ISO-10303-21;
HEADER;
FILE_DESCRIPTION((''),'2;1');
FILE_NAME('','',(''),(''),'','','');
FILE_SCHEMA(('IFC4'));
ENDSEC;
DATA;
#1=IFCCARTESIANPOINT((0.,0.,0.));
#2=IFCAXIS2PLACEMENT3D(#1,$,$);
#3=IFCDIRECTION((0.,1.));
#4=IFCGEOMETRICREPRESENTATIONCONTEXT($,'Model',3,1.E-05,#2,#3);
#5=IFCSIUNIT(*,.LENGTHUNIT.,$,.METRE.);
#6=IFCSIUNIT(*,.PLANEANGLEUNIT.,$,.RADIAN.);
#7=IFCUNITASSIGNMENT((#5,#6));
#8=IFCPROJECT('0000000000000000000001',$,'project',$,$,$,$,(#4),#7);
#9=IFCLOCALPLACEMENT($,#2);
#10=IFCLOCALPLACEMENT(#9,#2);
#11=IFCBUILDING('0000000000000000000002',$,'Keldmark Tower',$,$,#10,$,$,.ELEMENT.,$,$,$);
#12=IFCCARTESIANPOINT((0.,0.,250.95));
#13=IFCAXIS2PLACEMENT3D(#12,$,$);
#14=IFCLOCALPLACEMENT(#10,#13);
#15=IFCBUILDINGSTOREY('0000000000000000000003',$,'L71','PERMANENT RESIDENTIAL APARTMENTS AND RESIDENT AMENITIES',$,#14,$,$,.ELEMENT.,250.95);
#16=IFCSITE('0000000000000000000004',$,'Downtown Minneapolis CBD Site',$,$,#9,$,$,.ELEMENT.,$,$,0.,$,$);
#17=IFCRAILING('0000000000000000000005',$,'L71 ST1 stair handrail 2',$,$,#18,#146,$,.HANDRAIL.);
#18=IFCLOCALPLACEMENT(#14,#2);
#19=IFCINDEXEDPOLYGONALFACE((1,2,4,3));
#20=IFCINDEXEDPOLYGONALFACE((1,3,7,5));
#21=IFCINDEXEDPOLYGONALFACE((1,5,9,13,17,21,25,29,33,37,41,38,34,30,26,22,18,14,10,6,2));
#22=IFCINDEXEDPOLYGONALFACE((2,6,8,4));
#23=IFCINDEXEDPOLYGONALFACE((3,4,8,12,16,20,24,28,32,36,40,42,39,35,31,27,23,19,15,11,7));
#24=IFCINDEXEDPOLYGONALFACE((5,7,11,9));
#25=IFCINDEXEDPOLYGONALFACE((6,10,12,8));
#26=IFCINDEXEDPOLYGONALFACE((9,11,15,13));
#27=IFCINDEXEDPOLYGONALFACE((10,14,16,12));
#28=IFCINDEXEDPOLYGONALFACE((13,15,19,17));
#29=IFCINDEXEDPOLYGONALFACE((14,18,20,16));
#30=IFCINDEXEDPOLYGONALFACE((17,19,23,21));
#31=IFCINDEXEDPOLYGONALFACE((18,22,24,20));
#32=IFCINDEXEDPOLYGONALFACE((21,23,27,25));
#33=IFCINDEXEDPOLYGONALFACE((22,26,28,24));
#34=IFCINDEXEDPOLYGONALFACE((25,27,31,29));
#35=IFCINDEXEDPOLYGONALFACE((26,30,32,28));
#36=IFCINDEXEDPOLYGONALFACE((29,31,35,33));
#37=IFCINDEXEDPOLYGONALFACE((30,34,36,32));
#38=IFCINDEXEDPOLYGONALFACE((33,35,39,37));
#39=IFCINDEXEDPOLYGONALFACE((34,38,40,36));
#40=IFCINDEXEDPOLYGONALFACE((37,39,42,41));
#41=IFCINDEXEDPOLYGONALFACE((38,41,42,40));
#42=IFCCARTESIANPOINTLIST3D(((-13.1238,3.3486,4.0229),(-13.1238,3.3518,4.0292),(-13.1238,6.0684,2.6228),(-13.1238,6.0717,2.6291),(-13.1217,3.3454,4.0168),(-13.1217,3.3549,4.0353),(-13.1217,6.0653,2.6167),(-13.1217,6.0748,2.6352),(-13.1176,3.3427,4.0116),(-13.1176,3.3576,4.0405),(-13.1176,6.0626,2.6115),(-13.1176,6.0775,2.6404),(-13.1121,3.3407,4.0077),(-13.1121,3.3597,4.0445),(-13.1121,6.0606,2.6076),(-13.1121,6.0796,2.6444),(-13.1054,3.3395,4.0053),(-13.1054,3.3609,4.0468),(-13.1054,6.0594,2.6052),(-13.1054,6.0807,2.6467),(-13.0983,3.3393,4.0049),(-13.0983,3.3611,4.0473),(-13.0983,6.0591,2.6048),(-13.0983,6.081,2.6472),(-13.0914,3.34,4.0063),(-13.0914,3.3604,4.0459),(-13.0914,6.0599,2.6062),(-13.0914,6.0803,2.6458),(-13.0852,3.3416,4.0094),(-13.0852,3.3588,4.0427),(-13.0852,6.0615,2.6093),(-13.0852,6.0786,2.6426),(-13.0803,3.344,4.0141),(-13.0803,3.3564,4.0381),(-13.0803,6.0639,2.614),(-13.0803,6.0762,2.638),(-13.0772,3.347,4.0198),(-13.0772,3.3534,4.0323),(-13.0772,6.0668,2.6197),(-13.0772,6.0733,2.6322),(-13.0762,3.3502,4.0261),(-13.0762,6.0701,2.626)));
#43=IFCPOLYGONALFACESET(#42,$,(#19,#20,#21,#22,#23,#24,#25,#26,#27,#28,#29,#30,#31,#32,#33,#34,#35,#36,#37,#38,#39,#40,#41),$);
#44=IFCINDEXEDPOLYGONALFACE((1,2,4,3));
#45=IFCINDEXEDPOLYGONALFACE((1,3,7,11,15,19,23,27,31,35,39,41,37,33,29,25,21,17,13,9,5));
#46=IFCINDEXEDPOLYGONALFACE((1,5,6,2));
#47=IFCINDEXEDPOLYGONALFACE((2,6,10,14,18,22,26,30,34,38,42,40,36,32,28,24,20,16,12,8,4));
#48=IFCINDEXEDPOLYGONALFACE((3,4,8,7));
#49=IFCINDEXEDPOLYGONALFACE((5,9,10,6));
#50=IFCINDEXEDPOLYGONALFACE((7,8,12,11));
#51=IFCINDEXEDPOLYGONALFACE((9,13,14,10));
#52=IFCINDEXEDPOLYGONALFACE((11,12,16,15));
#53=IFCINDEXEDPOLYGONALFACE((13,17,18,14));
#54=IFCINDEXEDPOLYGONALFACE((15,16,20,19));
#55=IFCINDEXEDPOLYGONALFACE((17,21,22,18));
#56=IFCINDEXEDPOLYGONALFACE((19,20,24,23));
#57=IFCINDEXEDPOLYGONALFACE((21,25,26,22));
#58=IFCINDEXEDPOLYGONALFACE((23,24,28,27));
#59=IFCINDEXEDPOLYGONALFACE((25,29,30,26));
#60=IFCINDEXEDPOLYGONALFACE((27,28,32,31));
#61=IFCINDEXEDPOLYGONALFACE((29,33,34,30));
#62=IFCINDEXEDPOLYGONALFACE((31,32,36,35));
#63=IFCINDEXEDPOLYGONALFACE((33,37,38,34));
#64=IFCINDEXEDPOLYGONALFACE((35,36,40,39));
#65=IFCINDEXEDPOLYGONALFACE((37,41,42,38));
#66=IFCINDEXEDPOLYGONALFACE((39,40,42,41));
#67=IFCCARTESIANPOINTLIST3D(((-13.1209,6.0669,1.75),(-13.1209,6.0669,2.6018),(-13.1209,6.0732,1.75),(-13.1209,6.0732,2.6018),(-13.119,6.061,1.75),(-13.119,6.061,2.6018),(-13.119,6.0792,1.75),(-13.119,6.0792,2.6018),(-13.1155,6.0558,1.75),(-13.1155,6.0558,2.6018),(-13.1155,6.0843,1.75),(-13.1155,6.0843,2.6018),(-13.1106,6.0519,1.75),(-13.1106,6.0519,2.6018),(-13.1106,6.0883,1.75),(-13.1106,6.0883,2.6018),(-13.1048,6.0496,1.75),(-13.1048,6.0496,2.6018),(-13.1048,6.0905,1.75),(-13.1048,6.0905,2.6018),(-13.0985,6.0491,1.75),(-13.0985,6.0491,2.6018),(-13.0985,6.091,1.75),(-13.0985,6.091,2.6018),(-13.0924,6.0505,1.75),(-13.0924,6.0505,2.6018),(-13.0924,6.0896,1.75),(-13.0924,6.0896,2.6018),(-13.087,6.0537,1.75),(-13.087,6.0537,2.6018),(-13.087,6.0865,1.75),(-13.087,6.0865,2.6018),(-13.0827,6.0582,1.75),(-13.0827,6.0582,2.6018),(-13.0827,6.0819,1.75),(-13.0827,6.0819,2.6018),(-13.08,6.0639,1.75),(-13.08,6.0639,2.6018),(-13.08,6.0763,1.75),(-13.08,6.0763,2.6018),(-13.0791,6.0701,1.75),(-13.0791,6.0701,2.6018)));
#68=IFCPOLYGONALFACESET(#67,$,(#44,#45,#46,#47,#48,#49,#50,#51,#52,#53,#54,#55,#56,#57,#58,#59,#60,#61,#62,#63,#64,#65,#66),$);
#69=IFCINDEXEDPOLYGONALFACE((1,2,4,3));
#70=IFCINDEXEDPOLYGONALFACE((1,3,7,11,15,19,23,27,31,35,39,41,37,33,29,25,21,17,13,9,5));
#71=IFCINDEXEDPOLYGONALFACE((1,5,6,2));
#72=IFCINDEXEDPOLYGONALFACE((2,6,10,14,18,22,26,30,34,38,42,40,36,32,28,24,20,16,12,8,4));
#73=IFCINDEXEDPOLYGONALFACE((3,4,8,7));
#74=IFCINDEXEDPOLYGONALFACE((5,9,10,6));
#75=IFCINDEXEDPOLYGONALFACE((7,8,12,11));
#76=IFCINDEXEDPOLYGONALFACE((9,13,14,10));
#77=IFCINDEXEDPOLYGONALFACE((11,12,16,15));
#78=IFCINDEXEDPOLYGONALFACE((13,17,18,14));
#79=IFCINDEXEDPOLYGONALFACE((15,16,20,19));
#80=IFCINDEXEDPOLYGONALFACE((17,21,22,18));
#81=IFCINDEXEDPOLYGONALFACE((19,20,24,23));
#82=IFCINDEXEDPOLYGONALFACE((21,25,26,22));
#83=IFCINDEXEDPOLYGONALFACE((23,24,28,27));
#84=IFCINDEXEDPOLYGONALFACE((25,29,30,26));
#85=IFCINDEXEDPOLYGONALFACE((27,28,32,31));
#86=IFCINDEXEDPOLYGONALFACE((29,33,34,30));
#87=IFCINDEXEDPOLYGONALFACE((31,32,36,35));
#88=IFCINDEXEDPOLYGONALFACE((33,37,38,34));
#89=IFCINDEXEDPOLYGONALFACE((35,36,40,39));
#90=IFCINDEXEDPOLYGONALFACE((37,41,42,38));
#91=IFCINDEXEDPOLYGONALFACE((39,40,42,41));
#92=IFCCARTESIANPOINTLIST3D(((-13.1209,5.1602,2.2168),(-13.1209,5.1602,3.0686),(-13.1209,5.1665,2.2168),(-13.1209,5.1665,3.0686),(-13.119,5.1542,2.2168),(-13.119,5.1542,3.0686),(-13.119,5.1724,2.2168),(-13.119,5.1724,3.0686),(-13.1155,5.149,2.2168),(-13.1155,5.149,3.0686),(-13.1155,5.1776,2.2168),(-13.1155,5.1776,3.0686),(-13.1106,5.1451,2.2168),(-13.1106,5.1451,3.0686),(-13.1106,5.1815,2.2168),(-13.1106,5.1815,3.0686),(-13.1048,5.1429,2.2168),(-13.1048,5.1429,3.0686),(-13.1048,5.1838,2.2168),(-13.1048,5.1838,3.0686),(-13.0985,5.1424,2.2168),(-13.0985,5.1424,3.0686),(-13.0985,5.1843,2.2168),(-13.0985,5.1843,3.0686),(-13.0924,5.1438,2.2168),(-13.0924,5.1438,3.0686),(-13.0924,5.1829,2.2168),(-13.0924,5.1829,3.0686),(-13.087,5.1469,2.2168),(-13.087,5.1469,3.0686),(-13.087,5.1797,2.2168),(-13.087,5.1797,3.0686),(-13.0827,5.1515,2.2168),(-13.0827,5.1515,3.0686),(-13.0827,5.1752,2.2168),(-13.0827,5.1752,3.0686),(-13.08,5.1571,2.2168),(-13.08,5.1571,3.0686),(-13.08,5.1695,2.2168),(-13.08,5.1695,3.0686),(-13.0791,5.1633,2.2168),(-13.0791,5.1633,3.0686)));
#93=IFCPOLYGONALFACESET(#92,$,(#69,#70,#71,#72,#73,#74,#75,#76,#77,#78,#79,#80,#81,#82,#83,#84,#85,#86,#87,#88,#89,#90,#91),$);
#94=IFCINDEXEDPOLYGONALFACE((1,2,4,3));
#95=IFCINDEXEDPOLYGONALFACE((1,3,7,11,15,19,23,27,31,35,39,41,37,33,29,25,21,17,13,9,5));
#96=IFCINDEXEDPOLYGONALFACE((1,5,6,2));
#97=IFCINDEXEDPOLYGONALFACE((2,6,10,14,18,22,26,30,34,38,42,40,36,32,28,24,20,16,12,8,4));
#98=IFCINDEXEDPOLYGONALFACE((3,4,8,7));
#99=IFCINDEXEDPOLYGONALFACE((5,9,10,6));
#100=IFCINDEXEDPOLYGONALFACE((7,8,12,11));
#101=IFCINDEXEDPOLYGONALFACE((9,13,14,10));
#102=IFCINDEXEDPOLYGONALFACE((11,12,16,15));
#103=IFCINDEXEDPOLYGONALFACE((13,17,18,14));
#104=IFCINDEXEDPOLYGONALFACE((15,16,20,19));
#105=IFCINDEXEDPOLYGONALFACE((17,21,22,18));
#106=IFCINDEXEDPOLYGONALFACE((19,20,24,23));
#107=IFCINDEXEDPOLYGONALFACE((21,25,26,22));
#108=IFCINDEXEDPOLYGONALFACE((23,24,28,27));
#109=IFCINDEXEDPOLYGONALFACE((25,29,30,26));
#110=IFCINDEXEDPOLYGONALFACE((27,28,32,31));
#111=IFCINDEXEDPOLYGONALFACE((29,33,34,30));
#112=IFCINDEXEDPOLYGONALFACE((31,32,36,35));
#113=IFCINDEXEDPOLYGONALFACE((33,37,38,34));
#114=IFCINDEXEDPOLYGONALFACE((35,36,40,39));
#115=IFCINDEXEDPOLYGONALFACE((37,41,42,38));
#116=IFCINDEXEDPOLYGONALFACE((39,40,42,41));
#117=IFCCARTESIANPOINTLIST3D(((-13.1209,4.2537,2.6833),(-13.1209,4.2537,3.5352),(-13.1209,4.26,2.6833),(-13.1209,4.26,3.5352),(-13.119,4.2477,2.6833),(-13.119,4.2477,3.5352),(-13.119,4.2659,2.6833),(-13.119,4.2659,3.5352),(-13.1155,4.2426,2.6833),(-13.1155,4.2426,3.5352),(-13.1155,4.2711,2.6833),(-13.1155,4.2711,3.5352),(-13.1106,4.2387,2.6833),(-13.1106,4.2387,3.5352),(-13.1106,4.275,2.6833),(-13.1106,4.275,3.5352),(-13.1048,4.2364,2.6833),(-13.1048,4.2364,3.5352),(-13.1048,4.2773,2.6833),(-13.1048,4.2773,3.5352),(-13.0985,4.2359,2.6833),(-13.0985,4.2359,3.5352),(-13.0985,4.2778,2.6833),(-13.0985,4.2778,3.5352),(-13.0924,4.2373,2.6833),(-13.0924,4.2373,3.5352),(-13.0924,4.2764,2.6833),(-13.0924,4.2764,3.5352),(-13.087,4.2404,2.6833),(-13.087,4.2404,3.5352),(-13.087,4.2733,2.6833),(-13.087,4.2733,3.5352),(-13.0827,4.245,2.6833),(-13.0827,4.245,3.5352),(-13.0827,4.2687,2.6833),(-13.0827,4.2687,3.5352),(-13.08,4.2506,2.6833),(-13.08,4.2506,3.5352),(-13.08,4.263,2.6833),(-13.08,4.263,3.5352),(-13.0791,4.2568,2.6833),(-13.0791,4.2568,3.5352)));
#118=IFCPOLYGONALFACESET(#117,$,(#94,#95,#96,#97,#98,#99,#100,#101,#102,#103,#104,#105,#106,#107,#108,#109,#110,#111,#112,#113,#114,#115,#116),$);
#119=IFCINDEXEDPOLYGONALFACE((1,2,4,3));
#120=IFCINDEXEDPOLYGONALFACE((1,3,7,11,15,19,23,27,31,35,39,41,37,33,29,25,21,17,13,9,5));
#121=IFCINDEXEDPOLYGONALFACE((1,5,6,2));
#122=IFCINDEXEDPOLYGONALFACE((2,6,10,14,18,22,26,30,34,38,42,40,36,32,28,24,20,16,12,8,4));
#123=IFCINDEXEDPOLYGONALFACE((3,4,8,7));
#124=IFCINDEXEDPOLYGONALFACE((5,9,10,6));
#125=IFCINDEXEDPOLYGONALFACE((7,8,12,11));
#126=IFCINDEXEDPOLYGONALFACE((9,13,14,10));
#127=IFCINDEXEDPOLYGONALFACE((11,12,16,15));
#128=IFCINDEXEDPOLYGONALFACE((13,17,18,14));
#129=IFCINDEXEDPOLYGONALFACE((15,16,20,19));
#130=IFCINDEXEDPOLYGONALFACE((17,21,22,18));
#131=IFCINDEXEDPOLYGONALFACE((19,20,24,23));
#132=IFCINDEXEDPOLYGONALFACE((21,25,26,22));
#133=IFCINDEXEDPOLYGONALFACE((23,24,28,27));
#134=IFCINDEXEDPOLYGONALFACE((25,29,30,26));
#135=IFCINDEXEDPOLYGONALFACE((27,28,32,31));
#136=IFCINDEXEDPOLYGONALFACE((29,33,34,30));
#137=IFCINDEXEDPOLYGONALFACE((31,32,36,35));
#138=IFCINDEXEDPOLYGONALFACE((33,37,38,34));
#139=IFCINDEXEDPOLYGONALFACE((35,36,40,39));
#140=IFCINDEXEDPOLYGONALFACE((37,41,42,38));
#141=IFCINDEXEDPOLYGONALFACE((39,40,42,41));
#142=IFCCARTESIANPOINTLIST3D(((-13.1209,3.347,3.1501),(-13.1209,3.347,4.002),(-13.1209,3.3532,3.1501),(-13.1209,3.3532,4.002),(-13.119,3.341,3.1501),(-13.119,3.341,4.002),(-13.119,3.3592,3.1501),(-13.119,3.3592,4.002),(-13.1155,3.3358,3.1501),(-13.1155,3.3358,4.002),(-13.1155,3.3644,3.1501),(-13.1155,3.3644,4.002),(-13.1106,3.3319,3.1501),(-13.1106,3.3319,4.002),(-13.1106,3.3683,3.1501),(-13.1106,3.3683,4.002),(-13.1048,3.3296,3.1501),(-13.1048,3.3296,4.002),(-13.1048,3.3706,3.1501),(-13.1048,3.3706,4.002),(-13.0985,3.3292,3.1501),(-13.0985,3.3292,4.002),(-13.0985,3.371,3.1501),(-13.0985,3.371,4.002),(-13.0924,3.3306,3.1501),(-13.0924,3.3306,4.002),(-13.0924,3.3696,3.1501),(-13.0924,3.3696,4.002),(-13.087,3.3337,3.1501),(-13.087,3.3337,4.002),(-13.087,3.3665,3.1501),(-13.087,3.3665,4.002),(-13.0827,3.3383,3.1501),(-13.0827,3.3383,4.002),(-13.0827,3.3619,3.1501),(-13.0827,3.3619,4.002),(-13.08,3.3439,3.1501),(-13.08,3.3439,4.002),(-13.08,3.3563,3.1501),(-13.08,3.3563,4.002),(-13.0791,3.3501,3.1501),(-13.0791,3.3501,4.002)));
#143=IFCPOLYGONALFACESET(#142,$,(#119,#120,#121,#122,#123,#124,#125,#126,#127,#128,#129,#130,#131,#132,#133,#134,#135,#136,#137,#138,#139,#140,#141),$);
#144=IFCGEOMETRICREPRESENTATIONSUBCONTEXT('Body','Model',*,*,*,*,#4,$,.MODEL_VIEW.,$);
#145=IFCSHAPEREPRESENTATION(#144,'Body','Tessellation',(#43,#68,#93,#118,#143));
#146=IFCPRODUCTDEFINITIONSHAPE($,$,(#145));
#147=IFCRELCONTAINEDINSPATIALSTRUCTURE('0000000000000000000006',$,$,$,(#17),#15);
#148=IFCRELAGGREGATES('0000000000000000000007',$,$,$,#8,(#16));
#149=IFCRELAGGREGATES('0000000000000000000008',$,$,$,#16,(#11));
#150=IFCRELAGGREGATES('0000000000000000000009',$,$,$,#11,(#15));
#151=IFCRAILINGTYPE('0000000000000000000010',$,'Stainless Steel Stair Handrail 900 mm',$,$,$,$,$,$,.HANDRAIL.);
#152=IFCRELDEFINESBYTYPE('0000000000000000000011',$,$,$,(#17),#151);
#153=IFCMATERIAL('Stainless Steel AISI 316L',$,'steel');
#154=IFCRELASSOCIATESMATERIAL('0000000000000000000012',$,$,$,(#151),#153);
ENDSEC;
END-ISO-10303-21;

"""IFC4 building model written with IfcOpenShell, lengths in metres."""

from ifc_helpers import new_model, si_unit, direction, frame, origin, origin_2d, place, context, subcontext, project, spatial, circle, extrude, material, type_object, element, save


model = new_model("IFC4")

# Units and contexts
model_context = context("Model", 3, precision=1e-05, world=origin(), true_north=direction((0.0, 1.0)))
body_context = subcontext(model_context, "Body", "Model", "MODEL_VIEW")
ifc_project = project(units=[si_unit("LENGTHUNIT", "METRE"), si_unit("PLANEANGLEUNIT", "RADIAN")], contexts=[model_context])

# Site, building, storey
site_placement = place(None, origin())
site = spatial("IfcSite", under=ifc_project, at=site_placement, Name="Downtown Minneapolis CBD Site", CompositionType="ELEMENT", RefElevation=0.0)
building_placement = place(site_placement, origin())
building = spatial("IfcBuilding", under=site, at=building_placement, Name="Keldmark Tower", CompositionType="ELEMENT")
storey_placement = place(building_placement, frame((0.0, 0.0, 250.95)))
storey = spatial("IfcBuildingStorey", under=building, at=storey_placement, Name="L71", Description="PERMANENT RESIDENTIAL APARTMENTS AND RESIDENT AMENITIES", CompositionType="ELEMENT", Elevation=250.95)

# Railing
ifc_material_1 = material(Name="Stainless Steel AISI 316L", Category="steel")
railing_type_1 = type_object("IfcRailingType", Name="Stainless Steel Stair Handrail 900 mm", PredefinedType="HANDRAIL", material=ifc_material_1)
railing_1_placement = place(storey_placement, frame((-13.1001, 6.0701, 1.75)))
element("IfcRailing", 1, at=railing_1_placement, inside=storey, type_object=railing_type_1, Name="L71 ST1 stair handrail 2", PredefinedType="HANDRAIL", context=body_context, shape_type="SweptSolid", body=[
    extrude(circle(Radius=0.0239, at=origin_2d()), frame((0.0, 0.0, 0.876), z_axis=(0.0, -0.889114, 0.457685), x_axis=(1.0, 0.0, 0.0)), (0.0, 0.0, 1.0), 3.0591),
    extrude(circle(Radius=0.021, at=origin_2d()), origin(), (0.0, 0.0, 1.0), 0.8518),
    extrude(circle(Radius=0.021, at=origin_2d()), frame((0.0, -0.9067, 0.4668)), (0.0, 0.0, 1.0), 0.8518),
    extrude(circle(Radius=0.021, at=origin_2d()), frame((0.0, -1.8132, 0.9333)), (0.0, 0.0, 1.0), 0.8518),
    extrude(circle(Radius=0.021, at=origin_2d()), frame((0.0, -2.72, 1.4001)), (0.0, 0.0, 1.0), 0.8518),
])

save(model, "model.ifc")
